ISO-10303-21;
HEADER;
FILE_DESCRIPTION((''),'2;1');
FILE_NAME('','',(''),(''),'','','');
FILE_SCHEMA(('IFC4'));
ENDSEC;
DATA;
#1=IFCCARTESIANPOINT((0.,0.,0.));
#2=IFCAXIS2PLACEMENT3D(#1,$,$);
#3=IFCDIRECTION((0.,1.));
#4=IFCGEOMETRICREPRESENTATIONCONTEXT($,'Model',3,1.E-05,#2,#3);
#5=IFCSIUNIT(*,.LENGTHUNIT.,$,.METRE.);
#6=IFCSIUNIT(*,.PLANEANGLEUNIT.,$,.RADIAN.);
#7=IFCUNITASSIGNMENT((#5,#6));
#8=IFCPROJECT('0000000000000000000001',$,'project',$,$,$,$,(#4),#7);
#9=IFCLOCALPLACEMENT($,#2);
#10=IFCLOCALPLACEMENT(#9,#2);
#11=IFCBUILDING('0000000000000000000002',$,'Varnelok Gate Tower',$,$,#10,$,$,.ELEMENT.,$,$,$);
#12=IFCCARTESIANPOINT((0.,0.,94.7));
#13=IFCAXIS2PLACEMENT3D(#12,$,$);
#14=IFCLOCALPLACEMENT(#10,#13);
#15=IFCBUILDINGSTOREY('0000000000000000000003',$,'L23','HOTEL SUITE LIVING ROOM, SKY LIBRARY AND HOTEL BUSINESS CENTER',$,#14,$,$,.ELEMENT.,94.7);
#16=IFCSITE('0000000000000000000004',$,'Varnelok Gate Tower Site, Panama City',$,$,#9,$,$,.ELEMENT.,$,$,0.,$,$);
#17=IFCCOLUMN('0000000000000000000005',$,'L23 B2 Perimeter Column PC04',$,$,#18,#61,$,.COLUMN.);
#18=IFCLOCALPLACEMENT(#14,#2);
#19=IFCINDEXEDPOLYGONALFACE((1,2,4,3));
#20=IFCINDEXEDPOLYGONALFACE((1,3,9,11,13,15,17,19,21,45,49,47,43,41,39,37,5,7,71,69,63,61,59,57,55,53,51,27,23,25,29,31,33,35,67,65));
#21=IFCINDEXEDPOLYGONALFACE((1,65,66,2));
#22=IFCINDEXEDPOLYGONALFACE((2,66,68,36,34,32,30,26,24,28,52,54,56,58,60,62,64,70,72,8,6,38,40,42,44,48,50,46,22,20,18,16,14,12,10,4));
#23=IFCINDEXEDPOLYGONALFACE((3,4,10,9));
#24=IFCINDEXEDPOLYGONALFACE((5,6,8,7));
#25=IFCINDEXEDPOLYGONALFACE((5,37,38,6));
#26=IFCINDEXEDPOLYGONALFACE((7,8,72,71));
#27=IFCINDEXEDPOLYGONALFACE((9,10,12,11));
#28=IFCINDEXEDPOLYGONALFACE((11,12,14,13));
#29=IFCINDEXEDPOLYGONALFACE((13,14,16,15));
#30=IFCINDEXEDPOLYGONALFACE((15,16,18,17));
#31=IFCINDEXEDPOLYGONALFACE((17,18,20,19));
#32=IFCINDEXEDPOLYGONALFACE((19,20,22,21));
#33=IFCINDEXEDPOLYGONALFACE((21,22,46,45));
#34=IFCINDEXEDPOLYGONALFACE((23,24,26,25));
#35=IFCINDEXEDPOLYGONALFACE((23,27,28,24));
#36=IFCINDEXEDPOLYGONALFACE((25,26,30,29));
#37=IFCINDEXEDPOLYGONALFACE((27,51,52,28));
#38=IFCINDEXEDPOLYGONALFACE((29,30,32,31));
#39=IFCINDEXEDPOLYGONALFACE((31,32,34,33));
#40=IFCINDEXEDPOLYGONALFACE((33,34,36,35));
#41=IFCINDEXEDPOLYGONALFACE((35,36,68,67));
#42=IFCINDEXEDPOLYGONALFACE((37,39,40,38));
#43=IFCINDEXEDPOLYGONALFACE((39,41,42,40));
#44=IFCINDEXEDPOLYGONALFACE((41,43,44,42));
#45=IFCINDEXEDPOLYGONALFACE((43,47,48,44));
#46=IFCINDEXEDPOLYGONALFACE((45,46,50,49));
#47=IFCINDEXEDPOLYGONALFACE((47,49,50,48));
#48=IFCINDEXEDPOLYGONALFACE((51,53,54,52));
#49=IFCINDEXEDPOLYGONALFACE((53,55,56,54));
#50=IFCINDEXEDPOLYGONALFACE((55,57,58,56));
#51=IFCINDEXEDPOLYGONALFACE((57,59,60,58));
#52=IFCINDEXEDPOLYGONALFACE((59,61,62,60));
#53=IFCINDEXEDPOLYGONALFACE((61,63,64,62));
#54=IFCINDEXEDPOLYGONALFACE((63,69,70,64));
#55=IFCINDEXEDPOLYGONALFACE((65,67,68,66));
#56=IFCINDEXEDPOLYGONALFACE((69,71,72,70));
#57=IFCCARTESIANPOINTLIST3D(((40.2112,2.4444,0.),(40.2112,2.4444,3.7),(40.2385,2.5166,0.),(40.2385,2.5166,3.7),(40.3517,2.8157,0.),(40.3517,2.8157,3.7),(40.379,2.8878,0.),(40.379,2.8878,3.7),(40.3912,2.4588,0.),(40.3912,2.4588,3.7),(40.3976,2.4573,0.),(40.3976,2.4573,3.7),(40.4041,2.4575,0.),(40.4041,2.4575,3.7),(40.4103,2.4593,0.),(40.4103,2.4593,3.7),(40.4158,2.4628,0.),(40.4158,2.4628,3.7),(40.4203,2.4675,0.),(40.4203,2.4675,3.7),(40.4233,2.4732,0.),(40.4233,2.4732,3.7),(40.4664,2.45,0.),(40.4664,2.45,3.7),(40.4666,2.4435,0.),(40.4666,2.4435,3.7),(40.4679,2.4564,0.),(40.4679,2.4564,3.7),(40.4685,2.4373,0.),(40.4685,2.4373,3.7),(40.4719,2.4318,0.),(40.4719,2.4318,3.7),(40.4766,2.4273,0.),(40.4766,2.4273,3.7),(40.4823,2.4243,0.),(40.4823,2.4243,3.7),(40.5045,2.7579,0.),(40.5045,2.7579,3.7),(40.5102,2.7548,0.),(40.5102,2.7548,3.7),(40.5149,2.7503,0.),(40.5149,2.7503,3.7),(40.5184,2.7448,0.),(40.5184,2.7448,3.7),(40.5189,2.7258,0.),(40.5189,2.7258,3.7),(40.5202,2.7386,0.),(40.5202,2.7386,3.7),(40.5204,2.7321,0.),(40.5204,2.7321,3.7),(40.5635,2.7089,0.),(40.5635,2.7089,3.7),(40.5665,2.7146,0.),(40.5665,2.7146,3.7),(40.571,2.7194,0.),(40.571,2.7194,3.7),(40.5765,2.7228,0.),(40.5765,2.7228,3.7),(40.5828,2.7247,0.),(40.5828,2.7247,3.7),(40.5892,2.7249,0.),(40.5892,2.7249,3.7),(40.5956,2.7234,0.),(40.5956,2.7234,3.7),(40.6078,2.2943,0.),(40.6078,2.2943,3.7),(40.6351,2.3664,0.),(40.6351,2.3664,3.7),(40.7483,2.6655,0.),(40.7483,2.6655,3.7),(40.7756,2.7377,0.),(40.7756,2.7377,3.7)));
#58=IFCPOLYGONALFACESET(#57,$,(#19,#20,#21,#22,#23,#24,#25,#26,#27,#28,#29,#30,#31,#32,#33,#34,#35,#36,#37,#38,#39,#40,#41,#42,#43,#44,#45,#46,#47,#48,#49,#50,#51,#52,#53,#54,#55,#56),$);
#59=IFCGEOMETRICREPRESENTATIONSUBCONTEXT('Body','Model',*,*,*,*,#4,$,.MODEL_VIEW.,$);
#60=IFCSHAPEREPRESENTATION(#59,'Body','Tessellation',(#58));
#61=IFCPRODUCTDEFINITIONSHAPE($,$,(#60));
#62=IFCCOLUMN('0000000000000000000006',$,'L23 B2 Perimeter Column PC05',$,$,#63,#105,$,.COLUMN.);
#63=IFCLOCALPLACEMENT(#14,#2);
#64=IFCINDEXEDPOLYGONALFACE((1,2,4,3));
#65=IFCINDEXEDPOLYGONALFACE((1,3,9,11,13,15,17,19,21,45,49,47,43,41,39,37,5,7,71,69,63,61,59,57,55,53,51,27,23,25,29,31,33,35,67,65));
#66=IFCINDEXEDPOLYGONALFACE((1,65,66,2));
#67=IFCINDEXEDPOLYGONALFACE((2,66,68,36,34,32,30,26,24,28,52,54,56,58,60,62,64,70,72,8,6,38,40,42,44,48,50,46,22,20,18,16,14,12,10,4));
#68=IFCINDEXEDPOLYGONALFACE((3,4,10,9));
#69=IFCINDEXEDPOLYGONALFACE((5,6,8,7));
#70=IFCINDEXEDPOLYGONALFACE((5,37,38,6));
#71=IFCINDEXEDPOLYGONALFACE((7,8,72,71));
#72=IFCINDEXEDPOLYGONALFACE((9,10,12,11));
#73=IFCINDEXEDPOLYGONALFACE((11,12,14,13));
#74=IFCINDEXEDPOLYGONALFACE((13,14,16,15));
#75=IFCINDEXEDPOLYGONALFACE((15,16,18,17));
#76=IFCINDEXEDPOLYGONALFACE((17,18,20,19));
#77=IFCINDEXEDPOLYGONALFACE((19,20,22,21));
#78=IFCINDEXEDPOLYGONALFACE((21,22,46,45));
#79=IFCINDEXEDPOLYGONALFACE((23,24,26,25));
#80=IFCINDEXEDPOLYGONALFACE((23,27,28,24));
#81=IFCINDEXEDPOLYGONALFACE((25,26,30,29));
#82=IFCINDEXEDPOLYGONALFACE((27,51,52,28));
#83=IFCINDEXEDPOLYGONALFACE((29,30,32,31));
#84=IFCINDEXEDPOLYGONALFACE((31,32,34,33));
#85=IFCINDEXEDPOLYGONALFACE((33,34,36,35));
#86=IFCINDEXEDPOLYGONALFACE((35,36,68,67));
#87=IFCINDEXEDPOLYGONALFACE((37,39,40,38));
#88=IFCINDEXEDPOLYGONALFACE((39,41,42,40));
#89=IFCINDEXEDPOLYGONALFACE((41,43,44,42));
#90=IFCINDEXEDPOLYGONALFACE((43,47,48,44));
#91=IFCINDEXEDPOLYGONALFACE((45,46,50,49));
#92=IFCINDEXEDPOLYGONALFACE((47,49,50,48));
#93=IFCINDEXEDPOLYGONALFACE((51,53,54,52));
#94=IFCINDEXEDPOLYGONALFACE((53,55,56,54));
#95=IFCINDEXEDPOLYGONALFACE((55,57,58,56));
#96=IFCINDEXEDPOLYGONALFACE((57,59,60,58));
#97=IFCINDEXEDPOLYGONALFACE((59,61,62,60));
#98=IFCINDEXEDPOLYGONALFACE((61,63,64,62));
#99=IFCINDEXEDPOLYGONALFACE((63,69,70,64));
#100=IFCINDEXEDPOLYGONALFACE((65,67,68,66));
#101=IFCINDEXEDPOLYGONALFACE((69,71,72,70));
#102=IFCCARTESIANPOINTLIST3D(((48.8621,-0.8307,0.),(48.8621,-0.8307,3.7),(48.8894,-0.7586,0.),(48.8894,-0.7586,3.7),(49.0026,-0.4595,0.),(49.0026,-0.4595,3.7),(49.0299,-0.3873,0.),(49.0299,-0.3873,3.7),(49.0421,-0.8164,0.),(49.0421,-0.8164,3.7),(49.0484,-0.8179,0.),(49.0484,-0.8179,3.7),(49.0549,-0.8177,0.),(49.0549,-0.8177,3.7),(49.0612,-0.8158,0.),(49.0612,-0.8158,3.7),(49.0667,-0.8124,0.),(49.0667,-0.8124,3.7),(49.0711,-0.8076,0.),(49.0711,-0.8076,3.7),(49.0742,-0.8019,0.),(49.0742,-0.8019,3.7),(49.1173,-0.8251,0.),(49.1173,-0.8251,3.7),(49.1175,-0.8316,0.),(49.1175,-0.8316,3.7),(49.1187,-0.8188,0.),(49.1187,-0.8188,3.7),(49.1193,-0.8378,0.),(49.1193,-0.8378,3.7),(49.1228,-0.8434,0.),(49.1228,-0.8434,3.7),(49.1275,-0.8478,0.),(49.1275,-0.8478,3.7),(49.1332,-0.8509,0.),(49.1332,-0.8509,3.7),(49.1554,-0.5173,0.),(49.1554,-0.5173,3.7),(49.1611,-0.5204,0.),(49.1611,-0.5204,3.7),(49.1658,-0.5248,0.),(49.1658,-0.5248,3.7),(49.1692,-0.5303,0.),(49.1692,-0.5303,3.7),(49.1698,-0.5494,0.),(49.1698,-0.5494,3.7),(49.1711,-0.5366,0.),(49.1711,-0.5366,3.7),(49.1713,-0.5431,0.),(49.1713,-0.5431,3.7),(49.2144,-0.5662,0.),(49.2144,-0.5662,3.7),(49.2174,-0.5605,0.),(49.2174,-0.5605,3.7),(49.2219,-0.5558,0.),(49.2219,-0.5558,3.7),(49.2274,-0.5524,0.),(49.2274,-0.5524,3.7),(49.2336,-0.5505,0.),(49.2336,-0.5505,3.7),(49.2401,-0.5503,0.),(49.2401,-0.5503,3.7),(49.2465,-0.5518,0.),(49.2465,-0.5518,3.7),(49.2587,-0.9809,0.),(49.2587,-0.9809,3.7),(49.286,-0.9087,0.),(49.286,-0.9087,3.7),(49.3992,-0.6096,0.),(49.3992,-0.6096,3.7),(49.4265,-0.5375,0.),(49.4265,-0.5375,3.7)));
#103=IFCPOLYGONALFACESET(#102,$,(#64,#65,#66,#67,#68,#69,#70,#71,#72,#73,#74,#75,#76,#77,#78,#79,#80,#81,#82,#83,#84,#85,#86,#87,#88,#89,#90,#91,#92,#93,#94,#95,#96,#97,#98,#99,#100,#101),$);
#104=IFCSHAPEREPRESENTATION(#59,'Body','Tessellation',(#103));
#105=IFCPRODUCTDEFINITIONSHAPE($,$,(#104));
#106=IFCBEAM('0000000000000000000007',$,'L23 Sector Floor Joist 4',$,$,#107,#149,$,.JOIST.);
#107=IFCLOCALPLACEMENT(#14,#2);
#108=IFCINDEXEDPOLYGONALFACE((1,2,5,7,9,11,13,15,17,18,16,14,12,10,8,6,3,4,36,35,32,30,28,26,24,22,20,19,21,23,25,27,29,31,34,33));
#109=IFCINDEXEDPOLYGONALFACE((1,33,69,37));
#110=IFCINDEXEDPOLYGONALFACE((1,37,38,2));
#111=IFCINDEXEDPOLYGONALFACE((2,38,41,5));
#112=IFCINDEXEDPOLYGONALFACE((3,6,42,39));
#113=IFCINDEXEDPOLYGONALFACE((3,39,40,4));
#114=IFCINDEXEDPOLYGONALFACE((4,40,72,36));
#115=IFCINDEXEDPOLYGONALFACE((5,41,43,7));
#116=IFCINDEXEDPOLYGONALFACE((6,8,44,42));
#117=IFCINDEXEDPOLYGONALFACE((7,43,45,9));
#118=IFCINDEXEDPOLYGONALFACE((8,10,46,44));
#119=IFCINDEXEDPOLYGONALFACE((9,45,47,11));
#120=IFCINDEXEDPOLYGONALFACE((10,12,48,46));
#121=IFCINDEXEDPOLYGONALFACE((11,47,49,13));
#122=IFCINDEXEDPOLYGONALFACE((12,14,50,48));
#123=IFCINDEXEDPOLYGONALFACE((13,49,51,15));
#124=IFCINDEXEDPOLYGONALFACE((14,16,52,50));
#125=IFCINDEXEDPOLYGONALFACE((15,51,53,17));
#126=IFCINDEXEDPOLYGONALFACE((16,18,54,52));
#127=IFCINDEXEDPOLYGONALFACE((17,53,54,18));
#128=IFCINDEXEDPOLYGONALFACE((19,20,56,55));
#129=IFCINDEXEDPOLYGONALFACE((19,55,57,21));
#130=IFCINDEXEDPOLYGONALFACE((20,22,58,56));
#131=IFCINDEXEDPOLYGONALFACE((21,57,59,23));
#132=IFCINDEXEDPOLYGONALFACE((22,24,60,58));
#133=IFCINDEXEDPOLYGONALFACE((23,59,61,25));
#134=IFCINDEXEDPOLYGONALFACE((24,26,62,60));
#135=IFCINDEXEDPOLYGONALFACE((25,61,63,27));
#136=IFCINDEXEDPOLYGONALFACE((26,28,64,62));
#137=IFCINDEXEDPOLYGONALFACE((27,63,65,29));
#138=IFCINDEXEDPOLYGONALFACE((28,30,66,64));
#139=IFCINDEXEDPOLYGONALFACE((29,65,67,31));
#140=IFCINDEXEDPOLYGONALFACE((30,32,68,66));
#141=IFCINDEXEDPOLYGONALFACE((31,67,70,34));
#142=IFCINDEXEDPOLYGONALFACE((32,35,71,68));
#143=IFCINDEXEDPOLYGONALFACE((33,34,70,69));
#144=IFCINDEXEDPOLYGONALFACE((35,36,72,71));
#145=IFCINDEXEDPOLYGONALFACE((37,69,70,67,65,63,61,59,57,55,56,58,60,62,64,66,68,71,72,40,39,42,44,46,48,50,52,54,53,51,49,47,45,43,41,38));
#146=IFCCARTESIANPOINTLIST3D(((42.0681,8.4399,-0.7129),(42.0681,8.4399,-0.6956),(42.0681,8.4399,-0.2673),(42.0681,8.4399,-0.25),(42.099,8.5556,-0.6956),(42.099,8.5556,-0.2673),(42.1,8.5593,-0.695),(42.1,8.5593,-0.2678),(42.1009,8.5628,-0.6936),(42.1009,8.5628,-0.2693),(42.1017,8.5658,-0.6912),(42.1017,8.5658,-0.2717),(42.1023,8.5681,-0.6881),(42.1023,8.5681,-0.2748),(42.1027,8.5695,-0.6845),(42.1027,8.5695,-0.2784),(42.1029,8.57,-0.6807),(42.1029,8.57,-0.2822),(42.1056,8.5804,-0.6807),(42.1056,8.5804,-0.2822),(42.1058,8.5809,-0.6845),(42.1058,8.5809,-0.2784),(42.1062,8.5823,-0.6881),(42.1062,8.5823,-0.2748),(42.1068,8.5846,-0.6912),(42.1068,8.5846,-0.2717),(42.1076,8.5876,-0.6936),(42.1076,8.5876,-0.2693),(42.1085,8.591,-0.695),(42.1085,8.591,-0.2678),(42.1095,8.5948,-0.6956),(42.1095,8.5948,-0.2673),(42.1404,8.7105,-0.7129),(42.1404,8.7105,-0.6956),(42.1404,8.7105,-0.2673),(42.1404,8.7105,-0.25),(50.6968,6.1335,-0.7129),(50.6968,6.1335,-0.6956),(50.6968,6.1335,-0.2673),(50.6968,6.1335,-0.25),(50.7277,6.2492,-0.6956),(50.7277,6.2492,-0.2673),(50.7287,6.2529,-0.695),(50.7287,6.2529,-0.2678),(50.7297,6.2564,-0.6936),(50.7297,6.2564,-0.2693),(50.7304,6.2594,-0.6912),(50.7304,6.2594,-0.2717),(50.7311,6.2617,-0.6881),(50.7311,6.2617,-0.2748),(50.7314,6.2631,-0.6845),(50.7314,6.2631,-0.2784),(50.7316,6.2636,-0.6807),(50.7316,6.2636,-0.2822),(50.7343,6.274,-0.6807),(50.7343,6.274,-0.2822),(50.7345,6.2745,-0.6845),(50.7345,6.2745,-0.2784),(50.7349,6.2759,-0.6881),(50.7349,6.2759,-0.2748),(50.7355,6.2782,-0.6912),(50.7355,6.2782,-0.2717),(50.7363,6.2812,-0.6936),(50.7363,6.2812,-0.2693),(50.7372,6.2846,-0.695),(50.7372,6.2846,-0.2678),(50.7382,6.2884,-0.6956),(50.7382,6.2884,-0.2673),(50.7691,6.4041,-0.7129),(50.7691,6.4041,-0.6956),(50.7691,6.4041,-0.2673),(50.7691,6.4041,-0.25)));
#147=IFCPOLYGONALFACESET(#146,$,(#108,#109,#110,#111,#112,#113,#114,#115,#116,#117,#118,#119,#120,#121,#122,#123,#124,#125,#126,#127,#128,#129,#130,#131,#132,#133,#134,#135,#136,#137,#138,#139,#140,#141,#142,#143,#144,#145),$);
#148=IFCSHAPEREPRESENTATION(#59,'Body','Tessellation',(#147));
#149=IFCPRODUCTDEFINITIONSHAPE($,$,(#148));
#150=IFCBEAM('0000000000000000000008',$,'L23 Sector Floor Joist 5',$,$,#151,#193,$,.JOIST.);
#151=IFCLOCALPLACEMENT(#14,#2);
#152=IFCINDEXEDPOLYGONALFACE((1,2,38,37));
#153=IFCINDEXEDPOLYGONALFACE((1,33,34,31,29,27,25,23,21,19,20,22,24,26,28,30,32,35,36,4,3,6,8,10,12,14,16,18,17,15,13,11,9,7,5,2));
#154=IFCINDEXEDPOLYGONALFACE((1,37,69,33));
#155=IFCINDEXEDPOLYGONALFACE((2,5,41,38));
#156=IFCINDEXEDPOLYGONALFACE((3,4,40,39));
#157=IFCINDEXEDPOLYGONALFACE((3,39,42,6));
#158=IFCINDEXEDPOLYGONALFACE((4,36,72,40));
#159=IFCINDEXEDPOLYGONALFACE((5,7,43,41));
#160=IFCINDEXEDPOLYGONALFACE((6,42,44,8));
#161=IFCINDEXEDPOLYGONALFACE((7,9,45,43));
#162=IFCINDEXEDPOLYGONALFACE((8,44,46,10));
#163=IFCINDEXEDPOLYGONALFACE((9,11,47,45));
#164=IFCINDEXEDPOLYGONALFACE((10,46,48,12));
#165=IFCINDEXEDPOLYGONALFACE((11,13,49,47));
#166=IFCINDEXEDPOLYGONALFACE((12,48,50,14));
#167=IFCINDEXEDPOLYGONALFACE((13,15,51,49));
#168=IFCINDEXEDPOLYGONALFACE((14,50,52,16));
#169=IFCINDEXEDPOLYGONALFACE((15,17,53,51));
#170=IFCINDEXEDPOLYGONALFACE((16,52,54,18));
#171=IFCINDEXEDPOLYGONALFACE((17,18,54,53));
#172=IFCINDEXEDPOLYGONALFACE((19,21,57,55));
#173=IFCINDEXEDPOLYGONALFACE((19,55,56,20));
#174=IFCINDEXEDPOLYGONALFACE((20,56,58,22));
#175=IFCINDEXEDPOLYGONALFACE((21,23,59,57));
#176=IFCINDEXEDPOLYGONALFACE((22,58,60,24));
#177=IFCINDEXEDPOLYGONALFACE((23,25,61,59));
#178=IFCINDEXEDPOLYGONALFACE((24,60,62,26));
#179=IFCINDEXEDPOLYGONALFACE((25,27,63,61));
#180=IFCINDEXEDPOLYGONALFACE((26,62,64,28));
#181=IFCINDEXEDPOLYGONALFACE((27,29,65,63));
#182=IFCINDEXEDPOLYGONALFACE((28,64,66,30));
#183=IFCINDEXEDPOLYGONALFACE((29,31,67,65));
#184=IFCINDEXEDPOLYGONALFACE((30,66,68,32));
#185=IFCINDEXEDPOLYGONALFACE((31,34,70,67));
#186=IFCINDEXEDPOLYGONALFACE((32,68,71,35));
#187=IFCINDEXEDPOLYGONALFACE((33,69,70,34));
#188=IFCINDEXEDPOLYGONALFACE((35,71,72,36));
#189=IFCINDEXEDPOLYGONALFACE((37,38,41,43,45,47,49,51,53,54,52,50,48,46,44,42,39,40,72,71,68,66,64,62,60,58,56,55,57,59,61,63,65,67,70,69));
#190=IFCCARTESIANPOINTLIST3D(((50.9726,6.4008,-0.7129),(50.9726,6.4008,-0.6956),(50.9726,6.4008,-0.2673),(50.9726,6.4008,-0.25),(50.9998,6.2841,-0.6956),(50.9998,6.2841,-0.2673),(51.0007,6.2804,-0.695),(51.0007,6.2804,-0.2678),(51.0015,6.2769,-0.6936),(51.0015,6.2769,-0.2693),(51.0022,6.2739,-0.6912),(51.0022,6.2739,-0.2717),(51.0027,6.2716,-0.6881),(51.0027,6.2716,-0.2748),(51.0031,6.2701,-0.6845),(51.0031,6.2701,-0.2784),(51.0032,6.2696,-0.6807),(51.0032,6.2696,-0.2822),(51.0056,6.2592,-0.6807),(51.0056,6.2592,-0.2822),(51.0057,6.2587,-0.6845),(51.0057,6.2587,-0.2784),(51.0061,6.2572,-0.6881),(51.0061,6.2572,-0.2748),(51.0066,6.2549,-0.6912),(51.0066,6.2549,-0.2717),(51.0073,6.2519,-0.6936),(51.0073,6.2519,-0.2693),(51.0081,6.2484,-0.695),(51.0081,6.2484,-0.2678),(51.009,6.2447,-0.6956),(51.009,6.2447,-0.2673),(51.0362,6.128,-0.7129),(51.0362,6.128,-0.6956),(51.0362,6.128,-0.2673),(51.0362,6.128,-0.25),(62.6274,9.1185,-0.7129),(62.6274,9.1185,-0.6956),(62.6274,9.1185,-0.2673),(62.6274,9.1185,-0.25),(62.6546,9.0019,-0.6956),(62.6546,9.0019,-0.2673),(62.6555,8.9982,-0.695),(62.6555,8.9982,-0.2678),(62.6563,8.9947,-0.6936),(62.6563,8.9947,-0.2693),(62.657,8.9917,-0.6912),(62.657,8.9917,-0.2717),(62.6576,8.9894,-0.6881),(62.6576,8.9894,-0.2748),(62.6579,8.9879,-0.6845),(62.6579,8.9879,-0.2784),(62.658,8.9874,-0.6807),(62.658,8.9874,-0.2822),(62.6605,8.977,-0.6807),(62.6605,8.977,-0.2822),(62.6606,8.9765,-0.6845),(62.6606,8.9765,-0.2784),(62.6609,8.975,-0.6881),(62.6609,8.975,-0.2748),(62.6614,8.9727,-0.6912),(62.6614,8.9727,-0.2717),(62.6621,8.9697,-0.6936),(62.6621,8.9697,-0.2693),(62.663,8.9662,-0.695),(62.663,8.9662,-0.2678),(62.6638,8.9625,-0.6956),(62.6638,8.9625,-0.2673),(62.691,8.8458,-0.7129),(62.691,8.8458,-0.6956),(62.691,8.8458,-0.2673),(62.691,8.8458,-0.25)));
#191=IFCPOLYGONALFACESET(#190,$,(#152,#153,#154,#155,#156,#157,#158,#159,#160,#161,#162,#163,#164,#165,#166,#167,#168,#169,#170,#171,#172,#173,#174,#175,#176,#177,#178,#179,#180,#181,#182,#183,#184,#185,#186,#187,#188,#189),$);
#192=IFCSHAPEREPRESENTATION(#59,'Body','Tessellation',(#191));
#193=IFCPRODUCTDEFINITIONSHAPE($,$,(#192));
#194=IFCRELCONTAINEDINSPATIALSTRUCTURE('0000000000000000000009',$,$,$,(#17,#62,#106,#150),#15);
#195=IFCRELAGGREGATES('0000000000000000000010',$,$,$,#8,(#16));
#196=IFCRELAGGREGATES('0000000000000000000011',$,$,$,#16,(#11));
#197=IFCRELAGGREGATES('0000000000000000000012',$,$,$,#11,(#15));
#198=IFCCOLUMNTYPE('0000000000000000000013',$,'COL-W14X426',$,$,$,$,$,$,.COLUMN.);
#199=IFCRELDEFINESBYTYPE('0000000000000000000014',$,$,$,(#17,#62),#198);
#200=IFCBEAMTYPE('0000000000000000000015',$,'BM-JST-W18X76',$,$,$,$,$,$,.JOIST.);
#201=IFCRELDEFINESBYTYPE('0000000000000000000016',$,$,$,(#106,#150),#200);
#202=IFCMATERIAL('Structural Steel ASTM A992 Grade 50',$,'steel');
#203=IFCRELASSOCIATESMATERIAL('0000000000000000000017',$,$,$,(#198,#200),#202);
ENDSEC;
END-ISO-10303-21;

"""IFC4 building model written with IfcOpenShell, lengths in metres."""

from ifc_helpers import new_model, si_unit, direction, frame, origin, origin_2d, place, context, subcontext, project, spatial, i_section, extrude, material, material_profile, profile_set, type_object, element, save


model = new_model("IFC4")

# Units and contexts
model_context = context("Model", 3, precision=1e-05, world=origin(), true_north=direction((0.0, 1.0)))
body_context = subcontext(model_context, "Body", "Model", "MODEL_VIEW")
ifc_project = project(units=[si_unit("LENGTHUNIT", "METRE"), si_unit("PLANEANGLEUNIT", "RADIAN")], contexts=[model_context])

# Site, building, storey
site_placement = place(None, origin())
site = spatial("IfcSite", under=ifc_project, at=site_placement, Name="Varnelok Gate Tower Site, Panama City", CompositionType="ELEMENT", RefElevation=0.0)
building_placement = place(site_placement, origin())
building = spatial("IfcBuilding", under=site, at=building_placement, Name="Varnelok Gate Tower", CompositionType="ELEMENT")
storey_placement = place(building_placement, frame((0.0, 0.0, 94.7)))
storey = spatial("IfcBuildingStorey", under=building, at=storey_placement, Name="L23", Description="HOTEL SUITE LIVING ROOM, SKY LIBRARY AND HOTEL BUSINESS CENTER", CompositionType="ELEMENT", Elevation=94.7)

# Columns
ifc_material_1 = material(Name="Structural Steel ASTM A992 Grade 50", Category="steel")
ifc_material_profile_1 = material_profile(ifc_material_1, i_section(OverallWidth=0.4241, OverallDepth=0.4741, WebThickness=0.0476, FlangeThickness=0.0771, FilletRadius=0.0249, at=origin_2d()), Name="W14X426")
ifc_profile_set_1 = profile_set([ifc_material_profile_1], Name="Structural Steel ASTM A992 Grade 50")
column_type = type_object("IfcColumnType", Name="COL-W14X426", PredefinedType="COLUMN", material=ifc_profile_set_1)
for number, where, z_axis, x_axis, name in (
    (1, (40.4934, 2.5911, 0.0), (0.0, 0.0, 1.0), (0.935222, -0.354063, 0.0), "L23 B2 Perimeter Column PC04"),
    (2, (49.1443, -0.6841, 0.0), (0.0, 0.0, 1.0), (0.935222, -0.354063, 0.0), "L23 B2 Perimeter Column PC05"),
):
    element("IfcColumn", number, at=place(storey_placement, frame(where, z_axis=z_axis, x_axis=x_axis)), inside=storey, type_object=column_type, Name=name, PredefinedType="COLUMN", context=body_context, shape_type="SweptSolid", body=[
        extrude(i_section(OverallWidth=0.4241, OverallDepth=0.4741, WebThickness=0.0476, FlangeThickness=0.0771, FilletRadius=0.0249, at=origin_2d()), origin(), (0.0, 0.0, 1.0), 3.7),
    ])

# Beams
ifc_material_profile_2 = material_profile(ifc_material_1, i_section(OverallWidth=0.28, OverallDepth=0.4629, WebThickness=0.0107, FlangeThickness=0.0173, FilletRadius=0.0149, at=origin_2d()), Name="W18X76")
ifc_profile_set_2 = profile_set([ifc_material_profile_2], Name="Structural Steel ASTM A992 Grade 50")
beam_type_1 = type_object("IfcBeamType", Name="BM-JST-W18X76", PredefinedType="JOIST", material=ifc_profile_set_2)
beam_1_placement = place(storey_placement, frame((42.1042, 8.5752, -0.4814), z_axis=(0.966084, -0.258229, 0.0), x_axis=(0.258229, 0.966084, 0.0)))
element("IfcBeam", 3, at=beam_1_placement, inside=storey, type_object=beam_type_1, Name="L23 Sector Floor Joist 4", PredefinedType="JOIST", context=body_context, shape_type="SweptSolid", body=[
    extrude(i_section(OverallWidth=0.28, OverallDepth=0.4629, WebThickness=0.0107, FlangeThickness=0.0173, FilletRadius=0.0149, at=origin_2d()), origin(), (0.0, 0.0, 1.0), 8.9316),
])
beam_2_placement = place(storey_placement, frame((51.0044, 6.2644, -0.4814), z_axis=(0.973872, 0.227097, 0.0), x_axis=(-0.227097, 0.973872, 0.0)))
element("IfcBeam", 4, at=beam_2_placement, inside=storey, type_object=beam_type_1, Name="L23 Sector Floor Joist 5", PredefinedType="JOIST", context=body_context, shape_type="SweptSolid", body=[
    extrude(i_section(OverallWidth=0.28, OverallDepth=0.4629, WebThickness=0.0107, FlangeThickness=0.0173, FilletRadius=0.0149, at=origin_2d()), origin(), (0.0, 0.0, 1.0), 11.9675),
])

save(model, "model.ifc")
